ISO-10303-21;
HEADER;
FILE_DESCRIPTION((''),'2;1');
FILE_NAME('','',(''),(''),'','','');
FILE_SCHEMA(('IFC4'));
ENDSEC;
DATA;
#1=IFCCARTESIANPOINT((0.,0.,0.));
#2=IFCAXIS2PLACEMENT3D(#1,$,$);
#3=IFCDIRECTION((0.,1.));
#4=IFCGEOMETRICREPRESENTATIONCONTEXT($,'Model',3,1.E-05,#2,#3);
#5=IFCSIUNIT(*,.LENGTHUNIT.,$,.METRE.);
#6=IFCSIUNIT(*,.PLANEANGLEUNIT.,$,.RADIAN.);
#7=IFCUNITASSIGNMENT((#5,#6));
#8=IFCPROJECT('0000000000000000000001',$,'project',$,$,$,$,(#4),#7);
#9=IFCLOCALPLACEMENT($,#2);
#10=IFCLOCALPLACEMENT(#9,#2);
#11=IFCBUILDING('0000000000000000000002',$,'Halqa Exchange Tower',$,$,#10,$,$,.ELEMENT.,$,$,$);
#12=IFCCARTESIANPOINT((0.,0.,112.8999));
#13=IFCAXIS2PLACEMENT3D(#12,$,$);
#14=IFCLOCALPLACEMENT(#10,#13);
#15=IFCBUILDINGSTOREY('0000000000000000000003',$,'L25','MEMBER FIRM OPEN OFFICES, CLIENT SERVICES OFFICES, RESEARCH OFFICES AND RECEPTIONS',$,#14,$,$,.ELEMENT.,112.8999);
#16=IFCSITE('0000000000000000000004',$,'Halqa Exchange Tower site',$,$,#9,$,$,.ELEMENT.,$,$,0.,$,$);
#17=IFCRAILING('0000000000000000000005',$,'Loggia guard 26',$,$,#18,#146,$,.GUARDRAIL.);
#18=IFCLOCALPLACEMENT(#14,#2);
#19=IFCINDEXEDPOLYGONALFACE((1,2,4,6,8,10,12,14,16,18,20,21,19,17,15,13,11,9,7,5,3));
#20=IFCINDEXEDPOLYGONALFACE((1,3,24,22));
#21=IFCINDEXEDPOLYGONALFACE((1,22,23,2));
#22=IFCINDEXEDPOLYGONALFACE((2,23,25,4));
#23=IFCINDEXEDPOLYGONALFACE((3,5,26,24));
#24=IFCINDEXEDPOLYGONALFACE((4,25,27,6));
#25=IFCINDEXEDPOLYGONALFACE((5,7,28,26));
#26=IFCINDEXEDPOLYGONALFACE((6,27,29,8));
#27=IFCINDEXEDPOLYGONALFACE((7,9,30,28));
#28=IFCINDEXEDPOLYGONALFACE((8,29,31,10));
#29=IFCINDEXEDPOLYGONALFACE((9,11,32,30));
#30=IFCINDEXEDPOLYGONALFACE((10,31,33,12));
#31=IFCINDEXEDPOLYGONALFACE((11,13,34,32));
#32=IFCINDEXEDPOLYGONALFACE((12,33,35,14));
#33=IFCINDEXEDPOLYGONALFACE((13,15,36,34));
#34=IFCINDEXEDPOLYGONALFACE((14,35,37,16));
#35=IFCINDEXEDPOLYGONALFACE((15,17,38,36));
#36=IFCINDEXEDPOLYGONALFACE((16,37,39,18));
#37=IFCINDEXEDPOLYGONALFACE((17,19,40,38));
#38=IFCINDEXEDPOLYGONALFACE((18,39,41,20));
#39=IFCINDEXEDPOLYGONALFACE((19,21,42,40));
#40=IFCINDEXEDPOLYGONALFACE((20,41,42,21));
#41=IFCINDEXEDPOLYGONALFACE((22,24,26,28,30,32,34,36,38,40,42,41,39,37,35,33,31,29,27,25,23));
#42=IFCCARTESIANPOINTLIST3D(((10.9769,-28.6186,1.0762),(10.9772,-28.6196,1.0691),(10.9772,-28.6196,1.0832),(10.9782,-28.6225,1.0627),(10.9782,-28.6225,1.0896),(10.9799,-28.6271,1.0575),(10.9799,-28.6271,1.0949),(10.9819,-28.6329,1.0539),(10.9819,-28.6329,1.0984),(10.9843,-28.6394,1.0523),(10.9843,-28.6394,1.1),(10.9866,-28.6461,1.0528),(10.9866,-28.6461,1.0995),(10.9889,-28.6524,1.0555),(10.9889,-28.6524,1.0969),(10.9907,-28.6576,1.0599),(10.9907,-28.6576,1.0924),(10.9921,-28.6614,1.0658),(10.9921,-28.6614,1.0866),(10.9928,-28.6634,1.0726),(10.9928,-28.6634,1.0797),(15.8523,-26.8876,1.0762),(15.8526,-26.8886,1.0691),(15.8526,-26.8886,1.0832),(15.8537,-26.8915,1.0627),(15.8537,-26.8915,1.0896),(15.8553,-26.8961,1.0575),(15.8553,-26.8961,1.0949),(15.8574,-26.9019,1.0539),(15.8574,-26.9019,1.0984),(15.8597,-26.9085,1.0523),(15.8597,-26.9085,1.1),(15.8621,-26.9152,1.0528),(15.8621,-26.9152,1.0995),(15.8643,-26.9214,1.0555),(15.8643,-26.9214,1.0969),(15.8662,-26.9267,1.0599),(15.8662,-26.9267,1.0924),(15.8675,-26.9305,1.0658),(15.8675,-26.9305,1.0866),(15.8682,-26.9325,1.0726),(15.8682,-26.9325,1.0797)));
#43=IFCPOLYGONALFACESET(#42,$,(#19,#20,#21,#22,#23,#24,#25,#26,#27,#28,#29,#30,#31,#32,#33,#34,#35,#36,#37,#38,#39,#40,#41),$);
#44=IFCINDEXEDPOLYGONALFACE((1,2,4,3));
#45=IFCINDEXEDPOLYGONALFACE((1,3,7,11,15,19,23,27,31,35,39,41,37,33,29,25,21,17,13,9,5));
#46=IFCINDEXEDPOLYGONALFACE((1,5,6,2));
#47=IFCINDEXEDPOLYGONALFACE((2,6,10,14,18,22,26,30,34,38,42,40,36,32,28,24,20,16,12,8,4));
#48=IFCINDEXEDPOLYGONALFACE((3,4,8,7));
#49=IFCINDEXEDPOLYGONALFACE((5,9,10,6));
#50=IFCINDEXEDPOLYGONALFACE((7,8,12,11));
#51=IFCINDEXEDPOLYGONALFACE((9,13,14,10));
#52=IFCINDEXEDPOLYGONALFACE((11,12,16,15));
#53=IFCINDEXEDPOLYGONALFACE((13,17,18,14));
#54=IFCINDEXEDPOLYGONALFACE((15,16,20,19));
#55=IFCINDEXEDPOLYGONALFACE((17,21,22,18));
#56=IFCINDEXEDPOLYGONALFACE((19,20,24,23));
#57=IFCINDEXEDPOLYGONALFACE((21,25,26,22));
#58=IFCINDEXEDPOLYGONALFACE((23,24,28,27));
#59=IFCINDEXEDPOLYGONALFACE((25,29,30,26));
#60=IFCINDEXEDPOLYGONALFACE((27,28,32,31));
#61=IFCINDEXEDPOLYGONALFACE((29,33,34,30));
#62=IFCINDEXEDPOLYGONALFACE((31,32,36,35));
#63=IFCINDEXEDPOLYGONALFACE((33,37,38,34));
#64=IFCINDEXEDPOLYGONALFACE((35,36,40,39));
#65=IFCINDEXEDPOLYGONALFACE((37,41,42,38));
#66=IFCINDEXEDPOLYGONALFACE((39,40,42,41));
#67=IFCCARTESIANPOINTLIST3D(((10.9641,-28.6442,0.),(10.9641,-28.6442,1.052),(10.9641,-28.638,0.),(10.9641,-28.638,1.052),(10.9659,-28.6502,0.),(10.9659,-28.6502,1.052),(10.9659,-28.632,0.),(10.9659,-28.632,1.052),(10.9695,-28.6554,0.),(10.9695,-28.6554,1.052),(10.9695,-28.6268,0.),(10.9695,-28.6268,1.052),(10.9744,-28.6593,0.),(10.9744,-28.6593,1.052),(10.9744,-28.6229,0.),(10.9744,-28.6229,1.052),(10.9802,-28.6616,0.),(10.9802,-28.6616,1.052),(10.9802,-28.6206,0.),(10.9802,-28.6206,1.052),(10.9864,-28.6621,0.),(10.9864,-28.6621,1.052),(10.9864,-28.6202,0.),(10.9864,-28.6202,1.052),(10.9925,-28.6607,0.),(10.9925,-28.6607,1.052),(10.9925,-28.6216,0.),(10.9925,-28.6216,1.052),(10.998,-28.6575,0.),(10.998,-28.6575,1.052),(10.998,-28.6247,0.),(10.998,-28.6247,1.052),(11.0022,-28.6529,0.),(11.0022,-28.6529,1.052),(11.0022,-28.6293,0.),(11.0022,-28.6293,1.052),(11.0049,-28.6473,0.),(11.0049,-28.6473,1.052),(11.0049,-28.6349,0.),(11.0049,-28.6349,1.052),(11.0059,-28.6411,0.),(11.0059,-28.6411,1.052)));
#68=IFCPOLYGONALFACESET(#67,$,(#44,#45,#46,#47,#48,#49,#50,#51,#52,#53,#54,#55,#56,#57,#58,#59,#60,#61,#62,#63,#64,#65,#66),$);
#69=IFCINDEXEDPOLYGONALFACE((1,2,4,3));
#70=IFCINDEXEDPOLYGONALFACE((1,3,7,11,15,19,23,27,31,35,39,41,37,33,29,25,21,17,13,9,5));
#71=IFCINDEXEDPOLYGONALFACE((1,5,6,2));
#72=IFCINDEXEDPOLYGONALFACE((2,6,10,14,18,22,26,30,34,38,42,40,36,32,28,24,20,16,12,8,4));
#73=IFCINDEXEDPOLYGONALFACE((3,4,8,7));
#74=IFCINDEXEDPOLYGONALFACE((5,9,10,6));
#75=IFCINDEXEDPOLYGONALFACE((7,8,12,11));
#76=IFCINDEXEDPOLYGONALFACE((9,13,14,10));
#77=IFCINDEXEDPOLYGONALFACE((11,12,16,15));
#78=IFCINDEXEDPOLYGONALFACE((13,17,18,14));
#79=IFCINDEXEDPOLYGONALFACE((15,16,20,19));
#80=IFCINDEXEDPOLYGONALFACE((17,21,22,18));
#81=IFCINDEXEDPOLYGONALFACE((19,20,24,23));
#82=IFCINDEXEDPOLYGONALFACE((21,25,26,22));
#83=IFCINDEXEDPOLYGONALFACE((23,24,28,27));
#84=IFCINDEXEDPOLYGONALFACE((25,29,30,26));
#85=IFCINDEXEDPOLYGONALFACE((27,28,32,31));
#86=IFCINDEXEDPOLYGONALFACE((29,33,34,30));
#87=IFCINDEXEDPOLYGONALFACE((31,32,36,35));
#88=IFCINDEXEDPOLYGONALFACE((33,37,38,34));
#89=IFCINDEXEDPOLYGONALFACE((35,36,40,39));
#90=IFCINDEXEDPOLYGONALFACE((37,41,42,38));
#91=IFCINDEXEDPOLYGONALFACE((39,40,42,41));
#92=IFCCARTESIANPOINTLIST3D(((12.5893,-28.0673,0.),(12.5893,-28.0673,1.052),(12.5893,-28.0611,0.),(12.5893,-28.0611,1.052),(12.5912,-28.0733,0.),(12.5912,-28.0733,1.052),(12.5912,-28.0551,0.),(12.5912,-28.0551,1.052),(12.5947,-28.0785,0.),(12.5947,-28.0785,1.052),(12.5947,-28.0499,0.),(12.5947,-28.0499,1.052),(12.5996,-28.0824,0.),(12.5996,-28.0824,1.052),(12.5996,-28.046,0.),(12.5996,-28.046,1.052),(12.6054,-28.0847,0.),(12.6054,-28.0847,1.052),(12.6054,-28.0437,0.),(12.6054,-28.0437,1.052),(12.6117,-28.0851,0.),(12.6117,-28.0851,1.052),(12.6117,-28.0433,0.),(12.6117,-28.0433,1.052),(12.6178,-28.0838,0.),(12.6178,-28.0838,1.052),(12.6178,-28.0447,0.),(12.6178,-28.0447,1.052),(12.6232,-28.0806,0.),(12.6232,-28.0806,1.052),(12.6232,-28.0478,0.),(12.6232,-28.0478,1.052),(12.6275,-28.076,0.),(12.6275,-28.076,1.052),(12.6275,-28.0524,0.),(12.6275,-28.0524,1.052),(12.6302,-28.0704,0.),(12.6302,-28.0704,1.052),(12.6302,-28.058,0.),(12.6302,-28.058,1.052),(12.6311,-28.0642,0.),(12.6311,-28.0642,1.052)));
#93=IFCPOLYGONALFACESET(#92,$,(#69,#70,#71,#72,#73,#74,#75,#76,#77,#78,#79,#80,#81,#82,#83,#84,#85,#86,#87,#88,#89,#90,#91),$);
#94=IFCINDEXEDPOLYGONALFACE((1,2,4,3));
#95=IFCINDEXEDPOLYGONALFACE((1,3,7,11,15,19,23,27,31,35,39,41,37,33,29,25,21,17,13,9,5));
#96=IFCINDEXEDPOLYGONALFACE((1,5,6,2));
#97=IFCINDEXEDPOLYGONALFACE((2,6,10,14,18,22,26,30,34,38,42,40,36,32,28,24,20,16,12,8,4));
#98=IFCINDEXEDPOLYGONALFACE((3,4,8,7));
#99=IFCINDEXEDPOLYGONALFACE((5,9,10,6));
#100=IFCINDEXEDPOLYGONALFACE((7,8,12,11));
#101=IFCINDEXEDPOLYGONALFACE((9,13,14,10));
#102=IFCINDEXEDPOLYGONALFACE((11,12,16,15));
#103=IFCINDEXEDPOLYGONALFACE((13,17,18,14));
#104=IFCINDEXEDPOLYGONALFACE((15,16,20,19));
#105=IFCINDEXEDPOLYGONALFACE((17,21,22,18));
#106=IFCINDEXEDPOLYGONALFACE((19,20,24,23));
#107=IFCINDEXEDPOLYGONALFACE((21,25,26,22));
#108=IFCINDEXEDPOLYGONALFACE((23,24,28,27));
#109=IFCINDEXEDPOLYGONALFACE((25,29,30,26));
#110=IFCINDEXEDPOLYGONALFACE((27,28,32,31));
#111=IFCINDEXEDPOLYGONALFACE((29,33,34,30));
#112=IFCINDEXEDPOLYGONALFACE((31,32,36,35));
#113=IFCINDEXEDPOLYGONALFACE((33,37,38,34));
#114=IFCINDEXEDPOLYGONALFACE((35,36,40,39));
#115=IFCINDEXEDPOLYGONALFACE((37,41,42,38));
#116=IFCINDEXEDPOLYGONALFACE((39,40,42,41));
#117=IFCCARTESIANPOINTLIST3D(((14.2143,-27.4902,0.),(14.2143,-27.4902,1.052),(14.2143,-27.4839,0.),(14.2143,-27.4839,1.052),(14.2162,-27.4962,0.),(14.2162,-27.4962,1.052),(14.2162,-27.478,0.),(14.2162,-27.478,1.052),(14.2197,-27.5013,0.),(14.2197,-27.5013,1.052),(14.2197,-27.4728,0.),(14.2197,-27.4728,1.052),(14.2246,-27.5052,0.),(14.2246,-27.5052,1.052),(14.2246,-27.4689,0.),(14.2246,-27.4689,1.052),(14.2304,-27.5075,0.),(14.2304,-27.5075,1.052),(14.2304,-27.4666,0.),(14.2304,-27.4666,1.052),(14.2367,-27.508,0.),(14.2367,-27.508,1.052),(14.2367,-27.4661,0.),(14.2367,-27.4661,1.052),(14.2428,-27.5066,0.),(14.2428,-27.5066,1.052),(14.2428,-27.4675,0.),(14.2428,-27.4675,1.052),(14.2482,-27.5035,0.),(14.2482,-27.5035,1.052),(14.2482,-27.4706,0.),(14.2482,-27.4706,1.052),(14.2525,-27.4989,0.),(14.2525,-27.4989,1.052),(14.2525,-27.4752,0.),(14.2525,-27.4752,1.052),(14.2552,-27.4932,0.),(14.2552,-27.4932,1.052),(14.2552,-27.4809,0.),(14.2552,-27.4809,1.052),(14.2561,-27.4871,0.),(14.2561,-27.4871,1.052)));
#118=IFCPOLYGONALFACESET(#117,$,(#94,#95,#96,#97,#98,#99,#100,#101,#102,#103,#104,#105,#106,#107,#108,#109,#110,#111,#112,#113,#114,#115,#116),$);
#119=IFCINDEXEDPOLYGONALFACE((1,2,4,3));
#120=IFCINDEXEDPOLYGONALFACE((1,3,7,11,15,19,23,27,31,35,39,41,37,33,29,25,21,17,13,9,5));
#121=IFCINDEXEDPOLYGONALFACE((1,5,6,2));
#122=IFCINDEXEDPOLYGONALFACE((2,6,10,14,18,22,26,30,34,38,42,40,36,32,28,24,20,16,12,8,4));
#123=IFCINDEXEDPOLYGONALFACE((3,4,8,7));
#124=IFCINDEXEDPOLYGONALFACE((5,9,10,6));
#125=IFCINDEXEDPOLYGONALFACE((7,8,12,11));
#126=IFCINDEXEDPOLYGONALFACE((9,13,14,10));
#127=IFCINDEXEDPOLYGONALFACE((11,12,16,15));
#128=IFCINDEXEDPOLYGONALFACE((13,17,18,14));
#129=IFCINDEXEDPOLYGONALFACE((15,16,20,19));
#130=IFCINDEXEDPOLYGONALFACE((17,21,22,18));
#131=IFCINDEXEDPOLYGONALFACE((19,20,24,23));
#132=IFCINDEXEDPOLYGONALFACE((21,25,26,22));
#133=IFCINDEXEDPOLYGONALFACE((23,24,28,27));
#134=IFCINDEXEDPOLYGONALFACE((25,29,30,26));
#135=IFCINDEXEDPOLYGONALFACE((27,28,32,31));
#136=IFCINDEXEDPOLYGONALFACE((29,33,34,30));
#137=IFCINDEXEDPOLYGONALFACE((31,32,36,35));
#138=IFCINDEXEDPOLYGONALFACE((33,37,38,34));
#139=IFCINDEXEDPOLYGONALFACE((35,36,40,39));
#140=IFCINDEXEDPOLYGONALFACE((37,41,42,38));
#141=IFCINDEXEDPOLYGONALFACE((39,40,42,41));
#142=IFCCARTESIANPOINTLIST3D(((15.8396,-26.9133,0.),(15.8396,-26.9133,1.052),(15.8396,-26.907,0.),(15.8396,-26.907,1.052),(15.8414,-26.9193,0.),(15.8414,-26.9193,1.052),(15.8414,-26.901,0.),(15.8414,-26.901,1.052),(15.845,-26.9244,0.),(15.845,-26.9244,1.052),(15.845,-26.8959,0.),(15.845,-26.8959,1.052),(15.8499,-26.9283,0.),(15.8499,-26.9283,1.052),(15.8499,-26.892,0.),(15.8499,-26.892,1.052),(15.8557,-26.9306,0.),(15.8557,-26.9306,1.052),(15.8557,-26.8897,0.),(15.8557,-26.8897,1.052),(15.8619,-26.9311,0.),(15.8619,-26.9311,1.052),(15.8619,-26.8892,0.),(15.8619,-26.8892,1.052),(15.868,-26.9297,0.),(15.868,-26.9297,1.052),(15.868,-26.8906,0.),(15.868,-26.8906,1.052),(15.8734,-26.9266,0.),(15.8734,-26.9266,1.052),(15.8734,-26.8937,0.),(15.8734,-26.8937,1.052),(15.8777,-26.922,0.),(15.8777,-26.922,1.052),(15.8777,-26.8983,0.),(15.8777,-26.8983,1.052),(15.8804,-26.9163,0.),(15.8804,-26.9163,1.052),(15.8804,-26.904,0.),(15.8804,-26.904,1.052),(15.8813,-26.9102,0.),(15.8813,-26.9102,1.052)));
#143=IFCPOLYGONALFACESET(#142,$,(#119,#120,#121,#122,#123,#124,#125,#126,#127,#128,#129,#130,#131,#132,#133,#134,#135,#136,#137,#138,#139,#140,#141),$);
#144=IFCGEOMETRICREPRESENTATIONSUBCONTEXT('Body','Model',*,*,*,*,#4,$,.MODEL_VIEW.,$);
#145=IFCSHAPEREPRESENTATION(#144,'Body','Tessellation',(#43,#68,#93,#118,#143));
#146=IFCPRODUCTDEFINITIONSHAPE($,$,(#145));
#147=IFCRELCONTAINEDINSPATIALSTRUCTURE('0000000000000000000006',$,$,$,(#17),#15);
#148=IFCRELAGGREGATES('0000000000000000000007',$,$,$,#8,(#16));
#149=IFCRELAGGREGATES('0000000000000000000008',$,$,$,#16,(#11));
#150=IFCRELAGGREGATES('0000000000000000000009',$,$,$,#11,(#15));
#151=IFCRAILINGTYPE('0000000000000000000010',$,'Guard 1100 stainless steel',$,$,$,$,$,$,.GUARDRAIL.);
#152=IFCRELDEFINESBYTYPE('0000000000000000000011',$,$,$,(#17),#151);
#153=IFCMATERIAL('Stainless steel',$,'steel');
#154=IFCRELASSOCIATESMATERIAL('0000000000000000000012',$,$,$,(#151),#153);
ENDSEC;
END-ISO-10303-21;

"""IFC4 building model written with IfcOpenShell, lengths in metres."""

from ifc_helpers import new_model, si_unit, direction, frame, origin, origin_2d, place, context, subcontext, project, spatial, circle, extrude, material, type_object, element, save


model = new_model("IFC4")

# Units and contexts
model_context = context("Model", 3, precision=1e-05, world=origin(), true_north=direction((0.0, 1.0)))
body_context = subcontext(model_context, "Body", "Model", "MODEL_VIEW")
ifc_project = project(units=[si_unit("LENGTHUNIT", "METRE"), si_unit("PLANEANGLEUNIT", "RADIAN")], contexts=[model_context])

# Site, building, storey
site_placement = place(None, origin())
site = spatial("IfcSite", under=ifc_project, at=site_placement, Name="Halqa Exchange Tower site", CompositionType="ELEMENT", RefElevation=0.0)
building_placement = place(site_placement, origin())
building = spatial("IfcBuilding", under=site, at=building_placement, Name="Halqa Exchange Tower", CompositionType="ELEMENT")
storey_placement = place(building_placement, frame((0.0, 0.0, 112.8999)))
storey = spatial("IfcBuildingStorey", under=building, at=storey_placement, Name="L25", Description="MEMBER FIRM OPEN OFFICES, CLIENT SERVICES OFFICES, RESEARCH OFFICES AND RECEPTIONS", CompositionType="ELEMENT", Elevation=112.8999)

# Railing
ifc_material_1 = material(Name="Stainless steel", Category="steel")
railing_type = type_object("IfcRailingType", Name="Guard 1100 stainless steel", PredefinedType="GUARDRAIL", material=ifc_material_1)
railing_1_placement = place(storey_placement, frame((10.9849, -28.6411, 0.0)))
element("IfcRailing", 1, at=railing_1_placement, inside=storey, type_object=railing_type, Name="Loggia guard 26", PredefinedType="GUARDRAIL", context=body_context, shape_type="SweptSolid", body=[
    extrude(circle(Radius=0.0239, at=origin_2d()), frame((0.0, 0.0, 1.0762), z_axis=(0.94237, 0.334572, 0.0), x_axis=(-0.334572, 0.94237, 0.0)), (0.0, 0.0, 1.0), 5.1736),
    extrude(circle(Radius=0.021, at=origin_2d()), origin(), (0.0, 0.0, 1.0), 1.052),
    extrude(circle(Radius=0.021, at=origin_2d()), frame((1.6252, 0.5769, 0.0)), (0.0, 0.0, 1.0), 1.052),
    extrude(circle(Radius=0.021, at=origin_2d()), frame((3.2502, 1.1541, 0.0)), (0.0, 0.0, 1.0), 1.052),
    extrude(circle(Radius=0.021, at=origin_2d()), frame((4.8755, 1.731, 0.0)), (0.0, 0.0, 1.0), 1.052),
])

save(model, "model.ifc")
